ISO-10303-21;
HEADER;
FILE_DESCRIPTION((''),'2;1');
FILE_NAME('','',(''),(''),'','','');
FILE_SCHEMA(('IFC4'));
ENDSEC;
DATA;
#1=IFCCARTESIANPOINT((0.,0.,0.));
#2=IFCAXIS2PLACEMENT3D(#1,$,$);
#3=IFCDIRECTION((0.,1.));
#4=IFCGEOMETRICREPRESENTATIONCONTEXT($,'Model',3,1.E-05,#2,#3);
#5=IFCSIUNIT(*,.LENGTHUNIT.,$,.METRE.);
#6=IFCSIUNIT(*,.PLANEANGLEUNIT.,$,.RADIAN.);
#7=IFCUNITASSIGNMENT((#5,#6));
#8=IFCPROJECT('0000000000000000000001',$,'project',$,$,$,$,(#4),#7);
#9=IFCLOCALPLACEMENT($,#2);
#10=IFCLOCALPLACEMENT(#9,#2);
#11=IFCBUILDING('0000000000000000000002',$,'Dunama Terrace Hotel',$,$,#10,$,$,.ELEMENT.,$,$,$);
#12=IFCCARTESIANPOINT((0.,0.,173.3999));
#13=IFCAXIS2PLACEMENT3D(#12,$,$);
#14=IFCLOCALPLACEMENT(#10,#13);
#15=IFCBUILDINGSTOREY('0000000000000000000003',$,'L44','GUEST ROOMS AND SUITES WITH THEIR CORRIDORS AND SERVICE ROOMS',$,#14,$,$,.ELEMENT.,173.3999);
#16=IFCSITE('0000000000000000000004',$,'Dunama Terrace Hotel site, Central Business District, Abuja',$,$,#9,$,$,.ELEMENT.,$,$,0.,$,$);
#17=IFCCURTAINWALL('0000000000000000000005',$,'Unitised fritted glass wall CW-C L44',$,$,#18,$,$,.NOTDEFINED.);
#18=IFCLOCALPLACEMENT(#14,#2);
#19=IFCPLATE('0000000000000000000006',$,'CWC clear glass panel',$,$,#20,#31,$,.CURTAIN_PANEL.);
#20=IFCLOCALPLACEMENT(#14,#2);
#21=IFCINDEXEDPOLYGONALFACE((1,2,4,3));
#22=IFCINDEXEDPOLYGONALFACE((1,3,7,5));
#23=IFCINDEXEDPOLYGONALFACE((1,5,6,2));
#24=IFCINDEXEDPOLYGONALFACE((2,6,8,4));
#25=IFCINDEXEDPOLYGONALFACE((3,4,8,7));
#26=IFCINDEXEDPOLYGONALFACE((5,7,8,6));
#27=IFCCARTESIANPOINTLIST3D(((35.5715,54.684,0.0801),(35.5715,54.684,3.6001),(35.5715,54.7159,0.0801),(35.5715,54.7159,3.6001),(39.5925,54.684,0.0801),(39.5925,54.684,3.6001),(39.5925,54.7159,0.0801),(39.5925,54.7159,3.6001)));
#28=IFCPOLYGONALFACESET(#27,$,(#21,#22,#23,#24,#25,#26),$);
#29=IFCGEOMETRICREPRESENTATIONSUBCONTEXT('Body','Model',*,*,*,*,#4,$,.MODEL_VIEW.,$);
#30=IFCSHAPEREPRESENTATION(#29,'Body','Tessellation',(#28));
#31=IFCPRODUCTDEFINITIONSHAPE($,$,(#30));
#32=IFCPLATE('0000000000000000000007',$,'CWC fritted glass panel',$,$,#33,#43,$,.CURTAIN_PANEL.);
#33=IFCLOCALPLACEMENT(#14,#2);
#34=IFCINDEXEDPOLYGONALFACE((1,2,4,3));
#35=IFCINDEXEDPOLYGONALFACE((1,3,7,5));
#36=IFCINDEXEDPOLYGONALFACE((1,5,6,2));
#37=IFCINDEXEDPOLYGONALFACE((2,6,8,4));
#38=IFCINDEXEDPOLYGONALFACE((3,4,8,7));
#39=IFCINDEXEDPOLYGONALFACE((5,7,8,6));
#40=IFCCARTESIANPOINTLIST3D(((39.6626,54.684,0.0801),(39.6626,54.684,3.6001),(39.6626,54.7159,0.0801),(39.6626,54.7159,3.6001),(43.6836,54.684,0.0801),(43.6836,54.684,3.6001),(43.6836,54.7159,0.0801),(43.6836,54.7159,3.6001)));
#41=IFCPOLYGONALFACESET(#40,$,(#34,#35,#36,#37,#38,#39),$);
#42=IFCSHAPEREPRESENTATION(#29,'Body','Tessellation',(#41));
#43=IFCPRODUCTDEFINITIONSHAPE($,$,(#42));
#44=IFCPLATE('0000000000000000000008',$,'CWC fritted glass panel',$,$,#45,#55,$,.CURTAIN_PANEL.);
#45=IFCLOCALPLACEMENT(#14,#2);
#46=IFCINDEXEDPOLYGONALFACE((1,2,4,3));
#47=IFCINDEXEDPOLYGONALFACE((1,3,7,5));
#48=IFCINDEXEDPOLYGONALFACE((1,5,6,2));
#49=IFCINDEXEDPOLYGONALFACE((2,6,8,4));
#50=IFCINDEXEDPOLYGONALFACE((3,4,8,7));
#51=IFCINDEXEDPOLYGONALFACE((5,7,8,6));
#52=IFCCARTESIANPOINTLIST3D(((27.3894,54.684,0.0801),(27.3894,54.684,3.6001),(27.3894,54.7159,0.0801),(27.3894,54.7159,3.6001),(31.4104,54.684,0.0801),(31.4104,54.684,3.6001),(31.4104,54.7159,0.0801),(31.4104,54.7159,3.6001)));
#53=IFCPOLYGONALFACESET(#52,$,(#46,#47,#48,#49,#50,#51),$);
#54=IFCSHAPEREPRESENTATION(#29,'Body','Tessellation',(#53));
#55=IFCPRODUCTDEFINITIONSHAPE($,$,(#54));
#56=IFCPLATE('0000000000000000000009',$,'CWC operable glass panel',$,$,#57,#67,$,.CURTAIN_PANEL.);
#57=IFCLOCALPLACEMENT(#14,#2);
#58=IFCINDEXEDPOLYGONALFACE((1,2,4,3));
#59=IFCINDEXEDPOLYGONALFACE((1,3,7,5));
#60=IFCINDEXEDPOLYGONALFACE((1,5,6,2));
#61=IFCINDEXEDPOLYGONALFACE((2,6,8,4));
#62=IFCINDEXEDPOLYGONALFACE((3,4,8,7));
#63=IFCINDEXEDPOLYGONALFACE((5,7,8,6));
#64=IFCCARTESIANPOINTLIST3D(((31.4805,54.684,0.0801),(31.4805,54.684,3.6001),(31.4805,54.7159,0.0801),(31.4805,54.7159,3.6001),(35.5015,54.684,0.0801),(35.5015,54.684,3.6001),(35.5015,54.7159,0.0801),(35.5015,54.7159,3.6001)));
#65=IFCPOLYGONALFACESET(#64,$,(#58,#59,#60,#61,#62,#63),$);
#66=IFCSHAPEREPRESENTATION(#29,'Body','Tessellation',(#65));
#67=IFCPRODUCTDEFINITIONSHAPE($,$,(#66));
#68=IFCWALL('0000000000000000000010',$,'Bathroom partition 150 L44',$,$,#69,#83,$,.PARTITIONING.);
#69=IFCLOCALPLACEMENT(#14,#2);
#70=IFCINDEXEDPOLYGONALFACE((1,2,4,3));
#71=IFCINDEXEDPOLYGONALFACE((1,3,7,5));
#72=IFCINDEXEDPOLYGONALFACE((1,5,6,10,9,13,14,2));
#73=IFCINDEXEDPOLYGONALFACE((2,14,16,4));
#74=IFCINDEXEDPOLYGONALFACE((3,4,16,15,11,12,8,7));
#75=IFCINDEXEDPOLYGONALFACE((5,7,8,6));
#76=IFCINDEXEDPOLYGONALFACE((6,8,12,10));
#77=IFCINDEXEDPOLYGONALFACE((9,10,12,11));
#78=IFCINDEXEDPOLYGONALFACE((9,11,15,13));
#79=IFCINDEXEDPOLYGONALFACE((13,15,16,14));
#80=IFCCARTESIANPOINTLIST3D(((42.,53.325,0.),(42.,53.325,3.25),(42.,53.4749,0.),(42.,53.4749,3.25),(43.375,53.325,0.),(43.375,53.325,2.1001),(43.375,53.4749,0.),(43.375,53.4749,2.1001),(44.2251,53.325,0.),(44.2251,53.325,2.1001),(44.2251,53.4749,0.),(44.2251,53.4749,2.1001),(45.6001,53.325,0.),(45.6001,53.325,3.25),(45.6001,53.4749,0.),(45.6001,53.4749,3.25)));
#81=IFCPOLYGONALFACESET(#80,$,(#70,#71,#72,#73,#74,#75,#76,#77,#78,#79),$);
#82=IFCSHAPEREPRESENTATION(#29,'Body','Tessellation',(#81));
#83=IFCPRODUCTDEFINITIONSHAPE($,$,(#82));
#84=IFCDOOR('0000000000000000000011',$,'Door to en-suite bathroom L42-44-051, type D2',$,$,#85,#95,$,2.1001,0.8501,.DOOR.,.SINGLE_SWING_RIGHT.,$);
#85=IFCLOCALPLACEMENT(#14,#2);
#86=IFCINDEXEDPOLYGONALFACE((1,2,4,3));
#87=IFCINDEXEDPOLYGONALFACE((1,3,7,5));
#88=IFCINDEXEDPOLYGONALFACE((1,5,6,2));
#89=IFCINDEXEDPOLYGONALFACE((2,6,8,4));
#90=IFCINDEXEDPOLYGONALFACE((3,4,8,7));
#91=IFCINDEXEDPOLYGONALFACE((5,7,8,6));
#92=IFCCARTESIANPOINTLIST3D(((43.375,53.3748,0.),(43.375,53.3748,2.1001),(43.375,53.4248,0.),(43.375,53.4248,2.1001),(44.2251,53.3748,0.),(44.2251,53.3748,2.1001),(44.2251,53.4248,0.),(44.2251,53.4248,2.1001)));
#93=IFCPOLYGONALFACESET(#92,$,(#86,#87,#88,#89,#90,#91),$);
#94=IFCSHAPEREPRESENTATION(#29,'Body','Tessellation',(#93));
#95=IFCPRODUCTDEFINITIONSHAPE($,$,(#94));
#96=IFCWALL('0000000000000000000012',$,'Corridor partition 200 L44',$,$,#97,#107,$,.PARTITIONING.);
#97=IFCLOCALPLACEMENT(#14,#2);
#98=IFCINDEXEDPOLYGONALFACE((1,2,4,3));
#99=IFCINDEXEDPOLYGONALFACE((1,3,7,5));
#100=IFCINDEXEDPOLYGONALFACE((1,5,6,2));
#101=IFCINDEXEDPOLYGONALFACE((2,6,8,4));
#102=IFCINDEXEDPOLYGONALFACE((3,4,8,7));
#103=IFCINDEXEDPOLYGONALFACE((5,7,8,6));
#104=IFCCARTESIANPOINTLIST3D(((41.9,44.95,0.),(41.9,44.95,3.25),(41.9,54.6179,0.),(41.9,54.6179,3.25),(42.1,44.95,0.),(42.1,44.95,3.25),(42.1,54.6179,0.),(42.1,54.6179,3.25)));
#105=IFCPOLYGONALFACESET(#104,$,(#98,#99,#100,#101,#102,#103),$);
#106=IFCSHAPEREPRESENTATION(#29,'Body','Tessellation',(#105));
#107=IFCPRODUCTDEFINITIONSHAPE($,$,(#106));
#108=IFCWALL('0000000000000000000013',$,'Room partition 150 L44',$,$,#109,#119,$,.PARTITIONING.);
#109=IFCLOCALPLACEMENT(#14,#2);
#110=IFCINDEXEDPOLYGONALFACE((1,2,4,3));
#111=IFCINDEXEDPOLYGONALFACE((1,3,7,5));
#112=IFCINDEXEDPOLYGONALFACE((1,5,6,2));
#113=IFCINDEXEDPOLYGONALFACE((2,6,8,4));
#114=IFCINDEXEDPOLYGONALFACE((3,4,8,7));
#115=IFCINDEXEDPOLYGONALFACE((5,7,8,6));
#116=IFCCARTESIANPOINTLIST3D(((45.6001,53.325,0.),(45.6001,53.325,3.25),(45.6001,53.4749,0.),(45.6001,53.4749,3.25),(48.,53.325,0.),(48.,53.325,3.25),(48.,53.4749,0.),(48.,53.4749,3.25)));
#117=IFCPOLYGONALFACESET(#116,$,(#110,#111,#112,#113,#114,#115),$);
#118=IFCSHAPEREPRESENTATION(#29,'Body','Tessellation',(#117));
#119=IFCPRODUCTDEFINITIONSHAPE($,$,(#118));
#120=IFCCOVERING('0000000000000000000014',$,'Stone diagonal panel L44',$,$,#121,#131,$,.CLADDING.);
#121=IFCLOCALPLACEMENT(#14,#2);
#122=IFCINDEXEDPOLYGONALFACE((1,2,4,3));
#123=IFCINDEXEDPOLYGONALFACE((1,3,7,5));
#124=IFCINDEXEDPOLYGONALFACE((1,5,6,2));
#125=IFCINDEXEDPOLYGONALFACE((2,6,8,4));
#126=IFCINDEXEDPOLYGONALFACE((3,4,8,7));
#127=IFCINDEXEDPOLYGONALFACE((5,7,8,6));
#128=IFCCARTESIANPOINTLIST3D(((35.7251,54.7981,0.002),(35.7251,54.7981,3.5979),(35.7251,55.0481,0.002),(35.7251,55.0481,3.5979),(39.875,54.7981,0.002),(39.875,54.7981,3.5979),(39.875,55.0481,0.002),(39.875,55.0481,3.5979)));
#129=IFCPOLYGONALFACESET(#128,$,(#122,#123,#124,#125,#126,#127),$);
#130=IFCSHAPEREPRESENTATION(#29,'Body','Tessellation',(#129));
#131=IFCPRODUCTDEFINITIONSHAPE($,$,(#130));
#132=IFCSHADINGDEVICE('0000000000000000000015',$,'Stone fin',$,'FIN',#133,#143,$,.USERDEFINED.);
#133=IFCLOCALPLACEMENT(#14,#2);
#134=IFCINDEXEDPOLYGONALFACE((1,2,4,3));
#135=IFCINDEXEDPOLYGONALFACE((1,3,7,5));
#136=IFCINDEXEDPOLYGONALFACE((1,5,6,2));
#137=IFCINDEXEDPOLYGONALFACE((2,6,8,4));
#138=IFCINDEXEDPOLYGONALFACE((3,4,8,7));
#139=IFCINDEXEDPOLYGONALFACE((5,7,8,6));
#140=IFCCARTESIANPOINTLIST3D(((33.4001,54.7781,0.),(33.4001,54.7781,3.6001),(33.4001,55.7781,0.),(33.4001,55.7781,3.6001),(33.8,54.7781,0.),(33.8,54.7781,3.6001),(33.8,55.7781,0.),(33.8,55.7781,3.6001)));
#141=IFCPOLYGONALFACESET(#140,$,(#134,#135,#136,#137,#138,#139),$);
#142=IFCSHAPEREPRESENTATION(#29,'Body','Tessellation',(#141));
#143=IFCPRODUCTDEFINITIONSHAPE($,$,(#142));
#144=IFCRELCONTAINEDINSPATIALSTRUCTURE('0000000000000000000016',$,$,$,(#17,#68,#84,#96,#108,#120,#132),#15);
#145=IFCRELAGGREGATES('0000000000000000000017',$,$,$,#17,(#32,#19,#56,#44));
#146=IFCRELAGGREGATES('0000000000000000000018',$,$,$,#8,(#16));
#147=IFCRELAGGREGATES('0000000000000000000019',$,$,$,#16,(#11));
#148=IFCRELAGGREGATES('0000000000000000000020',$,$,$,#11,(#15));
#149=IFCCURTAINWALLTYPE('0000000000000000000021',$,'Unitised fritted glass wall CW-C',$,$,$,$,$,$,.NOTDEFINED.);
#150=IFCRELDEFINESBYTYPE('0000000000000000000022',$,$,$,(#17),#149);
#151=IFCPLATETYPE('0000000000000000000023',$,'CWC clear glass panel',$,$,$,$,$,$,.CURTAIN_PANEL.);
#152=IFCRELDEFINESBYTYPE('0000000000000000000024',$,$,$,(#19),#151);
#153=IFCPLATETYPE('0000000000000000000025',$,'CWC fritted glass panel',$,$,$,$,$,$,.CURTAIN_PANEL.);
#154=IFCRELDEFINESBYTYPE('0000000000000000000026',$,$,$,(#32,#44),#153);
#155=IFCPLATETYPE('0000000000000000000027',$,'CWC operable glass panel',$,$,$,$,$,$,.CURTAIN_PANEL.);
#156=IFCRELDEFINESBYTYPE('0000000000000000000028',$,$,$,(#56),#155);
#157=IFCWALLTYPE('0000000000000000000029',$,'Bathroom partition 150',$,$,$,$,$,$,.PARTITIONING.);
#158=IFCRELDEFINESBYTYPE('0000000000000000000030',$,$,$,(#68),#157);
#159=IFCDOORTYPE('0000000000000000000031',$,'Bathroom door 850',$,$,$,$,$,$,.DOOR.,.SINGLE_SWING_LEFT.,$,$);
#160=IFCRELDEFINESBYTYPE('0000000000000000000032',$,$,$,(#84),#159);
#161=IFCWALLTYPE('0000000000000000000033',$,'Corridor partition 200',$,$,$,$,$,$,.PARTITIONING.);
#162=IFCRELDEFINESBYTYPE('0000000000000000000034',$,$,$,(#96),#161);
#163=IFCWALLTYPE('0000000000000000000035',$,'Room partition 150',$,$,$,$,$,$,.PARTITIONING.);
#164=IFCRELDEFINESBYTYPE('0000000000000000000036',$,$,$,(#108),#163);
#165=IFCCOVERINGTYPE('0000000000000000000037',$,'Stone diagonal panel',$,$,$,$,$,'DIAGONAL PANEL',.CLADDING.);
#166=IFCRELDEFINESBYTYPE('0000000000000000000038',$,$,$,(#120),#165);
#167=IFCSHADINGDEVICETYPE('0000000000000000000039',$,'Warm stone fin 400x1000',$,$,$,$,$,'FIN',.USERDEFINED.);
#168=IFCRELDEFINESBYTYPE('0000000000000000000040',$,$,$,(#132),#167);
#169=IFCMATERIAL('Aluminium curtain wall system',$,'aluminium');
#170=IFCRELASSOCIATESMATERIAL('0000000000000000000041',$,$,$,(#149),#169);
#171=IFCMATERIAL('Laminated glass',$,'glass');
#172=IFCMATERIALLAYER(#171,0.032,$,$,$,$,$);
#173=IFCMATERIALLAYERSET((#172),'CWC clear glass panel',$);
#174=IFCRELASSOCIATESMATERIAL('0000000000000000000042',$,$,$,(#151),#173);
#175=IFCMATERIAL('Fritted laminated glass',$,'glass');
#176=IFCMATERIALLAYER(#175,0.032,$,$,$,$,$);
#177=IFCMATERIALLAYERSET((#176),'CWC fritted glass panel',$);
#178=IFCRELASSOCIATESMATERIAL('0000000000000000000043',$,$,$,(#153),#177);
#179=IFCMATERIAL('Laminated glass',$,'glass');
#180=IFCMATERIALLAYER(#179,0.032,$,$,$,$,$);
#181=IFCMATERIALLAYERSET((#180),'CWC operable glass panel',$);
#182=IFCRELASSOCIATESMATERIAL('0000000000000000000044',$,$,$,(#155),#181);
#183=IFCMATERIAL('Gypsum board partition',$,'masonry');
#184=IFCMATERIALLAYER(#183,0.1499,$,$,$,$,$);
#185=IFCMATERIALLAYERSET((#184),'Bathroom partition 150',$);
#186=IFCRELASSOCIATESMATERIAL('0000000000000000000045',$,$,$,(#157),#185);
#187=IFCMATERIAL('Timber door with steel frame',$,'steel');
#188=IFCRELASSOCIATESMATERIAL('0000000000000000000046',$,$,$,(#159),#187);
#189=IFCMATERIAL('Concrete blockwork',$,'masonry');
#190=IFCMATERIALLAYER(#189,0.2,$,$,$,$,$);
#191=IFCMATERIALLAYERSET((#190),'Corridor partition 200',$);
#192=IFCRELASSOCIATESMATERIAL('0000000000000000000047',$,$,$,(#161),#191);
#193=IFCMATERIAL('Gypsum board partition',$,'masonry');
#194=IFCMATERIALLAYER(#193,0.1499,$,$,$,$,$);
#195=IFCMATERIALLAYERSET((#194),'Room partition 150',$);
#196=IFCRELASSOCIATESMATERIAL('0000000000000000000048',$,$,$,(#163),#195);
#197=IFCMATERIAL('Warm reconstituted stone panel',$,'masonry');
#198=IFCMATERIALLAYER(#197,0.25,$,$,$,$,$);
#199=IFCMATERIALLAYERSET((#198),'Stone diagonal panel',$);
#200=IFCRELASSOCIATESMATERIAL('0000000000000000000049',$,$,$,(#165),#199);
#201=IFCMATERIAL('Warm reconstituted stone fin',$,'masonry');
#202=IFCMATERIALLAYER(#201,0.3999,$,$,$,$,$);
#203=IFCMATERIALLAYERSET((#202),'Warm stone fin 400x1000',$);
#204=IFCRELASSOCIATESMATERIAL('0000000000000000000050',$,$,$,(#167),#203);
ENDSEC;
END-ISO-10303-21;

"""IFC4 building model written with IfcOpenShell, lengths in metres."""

from ifc_helpers import new_model, si_unit, direction, frame, frame_2d, origin, origin_2d, place, context, subcontext, project, spatial, rectangle, extrude, material, layer, layer_set, type_object, element, fill, aggregate, save


model = new_model("IFC4")

# Units and contexts
model_context = context("Model", 3, precision=1e-05, world=origin(), true_north=direction((0.0, 1.0)))
body_context = subcontext(model_context, "Body", "Model", "MODEL_VIEW")
ifc_project = project(units=[si_unit("LENGTHUNIT", "METRE"), si_unit("PLANEANGLEUNIT", "RADIAN")], contexts=[model_context])

# Site, building, storey
site_placement = place(None, origin())
site = spatial("IfcSite", under=ifc_project, at=site_placement, Name="Dunama Terrace Hotel site, Central Business District, Abuja", CompositionType="ELEMENT", RefElevation=0.0)
building_placement = place(site_placement, origin())
building = spatial("IfcBuilding", under=site, at=building_placement, Name="Dunama Terrace Hotel", CompositionType="ELEMENT")
storey_placement = place(building_placement, frame((0.0, 0.0, 173.3999)))
storey = spatial("IfcBuildingStorey", under=building, at=storey_placement, Name="L44", Description="GUEST ROOMS AND SUITES WITH THEIR CORRIDORS AND SERVICE ROOMS", CompositionType="ELEMENT", Elevation=173.3999)

# Curtain wall
ifc_material_1 = material(Name="Aluminium curtain wall system", Category="aluminium")
curtain_wall_type = type_object("IfcCurtainWallType", Name="Unitised fritted glass wall CW-C", PredefinedType="NOTDEFINED", material=ifc_material_1)
curtain_wall_placement = place(storey_placement, origin())
curtain_wall = element("IfcCurtainWall", 1, at=curtain_wall_placement, inside=storey, type_object=curtain_wall_type, Name="Unitised fritted glass wall CW-C L44", PredefinedType="NOTDEFINED")

# Plates
ifc_material_2 = material(Name="Laminated glass", Category="glass")
ifc_layer_1 = layer(ifc_material_2, 0.032)
ifc_layer_set_1 = layer_set([ifc_layer_1], Name="CWC clear glass panel")
plate_type_1 = type_object("IfcPlateType", Name="CWC clear glass panel", PredefinedType="CURTAIN_PANEL", material=ifc_layer_set_1)
plate_1_placement = place(storey_placement, frame((37.582, 54.7, 0.0801), z_axis=(0.0, 0.0, 1.0), x_axis=(-1.0, 0.0, 0.0)))
plate_1 = element("IfcPlate", 2, at=plate_1_placement, type_object=plate_type_1, Name="CWC clear glass panel", PredefinedType="CURTAIN_PANEL", context=body_context, shape_type="SweptSolid", body=[
    extrude(rectangle(XDim=4.021, YDim=0.032, at=origin_2d()), origin(), (0.0, 0.0, 1.0), 3.52),
])
ifc_material_3 = material(Name="Fritted laminated glass", Category="glass")
ifc_layer_2 = layer(ifc_material_3, 0.032)
ifc_layer_set_2 = layer_set([ifc_layer_2], Name="CWC fritted glass panel")
plate_type_2 = type_object("IfcPlateType", Name="CWC fritted glass panel", PredefinedType="CURTAIN_PANEL", material=ifc_layer_set_2)
plate_2_placement = place(storey_placement, frame((41.6731, 54.7, 0.0801), z_axis=(0.0, 0.0, 1.0), x_axis=(-1.0, 0.0, 0.0)))
plate_2 = element("IfcPlate", 3, at=plate_2_placement, type_object=plate_type_2, Name="CWC fritted glass panel", PredefinedType="CURTAIN_PANEL", context=body_context, shape_type="SweptSolid", body=[
    extrude(rectangle(XDim=4.021, YDim=0.032, at=origin_2d()), origin(), (0.0, 0.0, 1.0), 3.52),
])
plate_3_placement = place(storey_placement, frame((29.3999, 54.7, 0.0801), z_axis=(0.0, 0.0, 1.0), x_axis=(-1.0, 0.0, 0.0)))
plate_3 = element("IfcPlate", 4, at=plate_3_placement, type_object=plate_type_2, Name="CWC fritted glass panel", PredefinedType="CURTAIN_PANEL", context=body_context, shape_type="SweptSolid", body=[
    extrude(rectangle(XDim=4.021, YDim=0.032, at=origin_2d()), origin(), (0.0, 0.0, 1.0), 3.52),
])
ifc_material_4 = material(Name="Laminated glass", Category="glass")
ifc_layer_3 = layer(ifc_material_4, 0.032)
ifc_layer_set_3 = layer_set([ifc_layer_3], Name="CWC operable glass panel")
plate_type_3 = type_object("IfcPlateType", Name="CWC operable glass panel", PredefinedType="CURTAIN_PANEL", material=ifc_layer_set_3)
plate_4_placement = place(storey_placement, frame((33.491, 54.7, 0.0801), z_axis=(0.0, 0.0, 1.0), x_axis=(-1.0, 0.0, 0.0)))
plate_4 = element("IfcPlate", 5, at=plate_4_placement, type_object=plate_type_3, Name="CWC operable glass panel", PredefinedType="CURTAIN_PANEL", context=body_context, shape_type="SweptSolid", body=[
    extrude(rectangle(XDim=4.021, YDim=0.032, at=origin_2d()), origin(), (0.0, 0.0, 1.0), 3.52),
])
aggregate(curtain_wall, [plate_2, plate_1, plate_4, plate_3])

# Wall, opening, door
ifc_material_5 = material(Name="Gypsum board partition", Category="masonry")
ifc_layer_4 = layer(ifc_material_5, 0.1499)
ifc_layer_set_4 = layer_set([ifc_layer_4], Name="Bathroom partition 150")
wall_type_1 = type_object("IfcWallType", Name="Bathroom partition 150", PredefinedType="PARTITIONING", material=ifc_layer_set_4)
wall_1_placement = place(storey_placement, frame((42.0, 53.3999, 0.0), z_axis=(0.0, 0.0, 1.0), x_axis=(1.0, 0.0, 0.0)))
wall_1 = element("IfcWall", 6, at=wall_1_placement, inside=storey, type_object=wall_type_1, Name="Bathroom partition 150 L44", PredefinedType="PARTITIONING", context=body_context, shape_type="SweptSolid", body=[
    extrude(rectangle(XDim=3.6001, YDim=0.1499, at=frame_2d((1.8, 0.0))), origin(), (0.0, 0.0, 1.0), 3.25),
])
opening_placement = place(wall_1_placement, frame((1.375, 0.0, 0.0)))
opening = element("IfcOpeningElement", 7, at=opening_placement, cuts=wall_1, PredefinedType="OPENING", context=body_context, shape_type="SweptSolid", body=[
    extrude(rectangle(XDim=0.8501, YDim=2.1001, at=frame_2d((0.425, 1.05))), frame((0.0, 0.085, 0.0), z_axis=(0.0, -1.0, 0.0), x_axis=(1.0, 0.0, 0.0)), (0.0, 0.0, 1.0), 0.1699),
])
ifc_material_6 = material(Name="Timber door with steel frame", Category="steel")
door_type = type_object("IfcDoorType", Name="Bathroom door 850", OperationType="SINGLE_SWING_LEFT", PredefinedType="DOOR", material=ifc_material_6)
door_placement = place(opening_placement, frame((0.8501, 0.0, 0.0), z_axis=(0.0, 0.0, 1.0), x_axis=(-1.0, 0.0, 0.0)))
door = element("IfcDoor", 8, at=door_placement, inside=storey, type_object=door_type, Name="Door to en-suite bathroom L42-44-051, type D2", OperationType="SINGLE_SWING_RIGHT", OverallHeight=2.1001, OverallWidth=0.8501, PredefinedType="DOOR", context=body_context, shape_type="SweptSolid", body=[
    extrude(rectangle(XDim=0.8501, YDim=2.1001, at=frame_2d((0.425, 1.05))), frame((0.0, 0.0251, 0.0), z_axis=(0.0, -1.0, 0.0), x_axis=(1.0, 0.0, 0.0)), (0.0, 0.0, 1.0), 0.05),
])
fill(opening, door)

# Walls
ifc_material_7 = material(Name="Concrete blockwork", Category="masonry")
ifc_layer_5 = layer(ifc_material_7, 0.2)
ifc_layer_set_5 = layer_set([ifc_layer_5], Name="Corridor partition 200")
wall_type_2 = type_object("IfcWallType", Name="Corridor partition 200", PredefinedType="PARTITIONING", material=ifc_layer_set_5)
wall_2_placement = place(storey_placement, frame((42.0, 54.6179, 0.0), z_axis=(0.0, 0.0, 1.0), x_axis=(0.0, -1.0, 0.0)))
element("IfcWall", 9, at=wall_2_placement, inside=storey, type_object=wall_type_2, Name="Corridor partition 200 L44", PredefinedType="PARTITIONING", context=body_context, shape_type="SweptSolid", body=[
    extrude(rectangle(XDim=9.668, YDim=0.2, at=frame_2d((4.834, 0.0))), origin(), (0.0, 0.0, 1.0), 3.25),
])
ifc_material_8 = material(Name="Gypsum board partition", Category="masonry")
ifc_layer_6 = layer(ifc_material_8, 0.1499)
ifc_layer_set_6 = layer_set([ifc_layer_6], Name="Room partition 150")
wall_type_3 = type_object("IfcWallType", Name="Room partition 150", PredefinedType="PARTITIONING", material=ifc_layer_set_6)
wall_3_placement = place(storey_placement, frame((45.6001, 53.3999, 0.0), z_axis=(0.0, 0.0, 1.0), x_axis=(1.0, 0.0, 0.0)))
element("IfcWall", 10, at=wall_3_placement, inside=storey, type_object=wall_type_3, Name="Room partition 150 L44", PredefinedType="PARTITIONING", context=body_context, shape_type="SweptSolid", body=[
    extrude(rectangle(XDim=2.3999, YDim=0.1499, at=frame_2d((1.2, 0.0))), origin(), (0.0, 0.0, 1.0), 3.25),
])

# Covering
ifc_material_9 = material(Name="Warm reconstituted stone panel", Category="masonry")
ifc_layer_7 = layer(ifc_material_9, 0.25)
ifc_layer_set_7 = layer_set([ifc_layer_7], Name="Stone diagonal panel")
covering_type = type_object("IfcCoveringType", Name="Stone diagonal panel", ElementType="DIAGONAL PANEL", PredefinedType="CLADDING", material=ifc_layer_set_7)
covering_placement = place(storey_placement, frame((37.8, 54.9231, 0.002), z_axis=(0.0, 0.0, 1.0), x_axis=(-1.0, 0.0, 0.0)))
element("IfcCovering", 11, at=covering_placement, inside=storey, type_object=covering_type, Name="Stone diagonal panel L44", PredefinedType="CLADDING", context=body_context, shape_type="SweptSolid", body=[
    extrude(rectangle(XDim=4.1499, YDim=0.25, at=origin_2d()), origin(), (0.0, 0.0, 1.0), 3.5959),
])

# Shading device
ifc_material_10 = material(Name="Warm reconstituted stone fin", Category="masonry")
ifc_layer_8 = layer(ifc_material_10, 0.3999)
ifc_layer_set_8 = layer_set([ifc_layer_8], Name="Warm stone fin 400x1000")
shading_device_type = type_object("IfcShadingDeviceType", Name="Warm stone fin 400x1000", ElementType="FIN", PredefinedType="USERDEFINED", material=ifc_layer_set_8)
shading_device_placement = place(storey_placement, frame((33.6001, 55.2781, 0.0), z_axis=(0.0, 0.0, 1.0), x_axis=(-1.0, 0.0, 0.0)))
element("IfcShadingDevice", 12, at=shading_device_placement, inside=storey, type_object=shading_device_type, Name="Stone fin", ObjectType="FIN", PredefinedType="USERDEFINED", context=body_context, shape_type="SweptSolid", body=[
    extrude(rectangle(XDim=0.3999, YDim=1.0, at=origin_2d()), origin(), (0.0, 0.0, 1.0), 3.6001),
])

save(model, "model.ifc")
